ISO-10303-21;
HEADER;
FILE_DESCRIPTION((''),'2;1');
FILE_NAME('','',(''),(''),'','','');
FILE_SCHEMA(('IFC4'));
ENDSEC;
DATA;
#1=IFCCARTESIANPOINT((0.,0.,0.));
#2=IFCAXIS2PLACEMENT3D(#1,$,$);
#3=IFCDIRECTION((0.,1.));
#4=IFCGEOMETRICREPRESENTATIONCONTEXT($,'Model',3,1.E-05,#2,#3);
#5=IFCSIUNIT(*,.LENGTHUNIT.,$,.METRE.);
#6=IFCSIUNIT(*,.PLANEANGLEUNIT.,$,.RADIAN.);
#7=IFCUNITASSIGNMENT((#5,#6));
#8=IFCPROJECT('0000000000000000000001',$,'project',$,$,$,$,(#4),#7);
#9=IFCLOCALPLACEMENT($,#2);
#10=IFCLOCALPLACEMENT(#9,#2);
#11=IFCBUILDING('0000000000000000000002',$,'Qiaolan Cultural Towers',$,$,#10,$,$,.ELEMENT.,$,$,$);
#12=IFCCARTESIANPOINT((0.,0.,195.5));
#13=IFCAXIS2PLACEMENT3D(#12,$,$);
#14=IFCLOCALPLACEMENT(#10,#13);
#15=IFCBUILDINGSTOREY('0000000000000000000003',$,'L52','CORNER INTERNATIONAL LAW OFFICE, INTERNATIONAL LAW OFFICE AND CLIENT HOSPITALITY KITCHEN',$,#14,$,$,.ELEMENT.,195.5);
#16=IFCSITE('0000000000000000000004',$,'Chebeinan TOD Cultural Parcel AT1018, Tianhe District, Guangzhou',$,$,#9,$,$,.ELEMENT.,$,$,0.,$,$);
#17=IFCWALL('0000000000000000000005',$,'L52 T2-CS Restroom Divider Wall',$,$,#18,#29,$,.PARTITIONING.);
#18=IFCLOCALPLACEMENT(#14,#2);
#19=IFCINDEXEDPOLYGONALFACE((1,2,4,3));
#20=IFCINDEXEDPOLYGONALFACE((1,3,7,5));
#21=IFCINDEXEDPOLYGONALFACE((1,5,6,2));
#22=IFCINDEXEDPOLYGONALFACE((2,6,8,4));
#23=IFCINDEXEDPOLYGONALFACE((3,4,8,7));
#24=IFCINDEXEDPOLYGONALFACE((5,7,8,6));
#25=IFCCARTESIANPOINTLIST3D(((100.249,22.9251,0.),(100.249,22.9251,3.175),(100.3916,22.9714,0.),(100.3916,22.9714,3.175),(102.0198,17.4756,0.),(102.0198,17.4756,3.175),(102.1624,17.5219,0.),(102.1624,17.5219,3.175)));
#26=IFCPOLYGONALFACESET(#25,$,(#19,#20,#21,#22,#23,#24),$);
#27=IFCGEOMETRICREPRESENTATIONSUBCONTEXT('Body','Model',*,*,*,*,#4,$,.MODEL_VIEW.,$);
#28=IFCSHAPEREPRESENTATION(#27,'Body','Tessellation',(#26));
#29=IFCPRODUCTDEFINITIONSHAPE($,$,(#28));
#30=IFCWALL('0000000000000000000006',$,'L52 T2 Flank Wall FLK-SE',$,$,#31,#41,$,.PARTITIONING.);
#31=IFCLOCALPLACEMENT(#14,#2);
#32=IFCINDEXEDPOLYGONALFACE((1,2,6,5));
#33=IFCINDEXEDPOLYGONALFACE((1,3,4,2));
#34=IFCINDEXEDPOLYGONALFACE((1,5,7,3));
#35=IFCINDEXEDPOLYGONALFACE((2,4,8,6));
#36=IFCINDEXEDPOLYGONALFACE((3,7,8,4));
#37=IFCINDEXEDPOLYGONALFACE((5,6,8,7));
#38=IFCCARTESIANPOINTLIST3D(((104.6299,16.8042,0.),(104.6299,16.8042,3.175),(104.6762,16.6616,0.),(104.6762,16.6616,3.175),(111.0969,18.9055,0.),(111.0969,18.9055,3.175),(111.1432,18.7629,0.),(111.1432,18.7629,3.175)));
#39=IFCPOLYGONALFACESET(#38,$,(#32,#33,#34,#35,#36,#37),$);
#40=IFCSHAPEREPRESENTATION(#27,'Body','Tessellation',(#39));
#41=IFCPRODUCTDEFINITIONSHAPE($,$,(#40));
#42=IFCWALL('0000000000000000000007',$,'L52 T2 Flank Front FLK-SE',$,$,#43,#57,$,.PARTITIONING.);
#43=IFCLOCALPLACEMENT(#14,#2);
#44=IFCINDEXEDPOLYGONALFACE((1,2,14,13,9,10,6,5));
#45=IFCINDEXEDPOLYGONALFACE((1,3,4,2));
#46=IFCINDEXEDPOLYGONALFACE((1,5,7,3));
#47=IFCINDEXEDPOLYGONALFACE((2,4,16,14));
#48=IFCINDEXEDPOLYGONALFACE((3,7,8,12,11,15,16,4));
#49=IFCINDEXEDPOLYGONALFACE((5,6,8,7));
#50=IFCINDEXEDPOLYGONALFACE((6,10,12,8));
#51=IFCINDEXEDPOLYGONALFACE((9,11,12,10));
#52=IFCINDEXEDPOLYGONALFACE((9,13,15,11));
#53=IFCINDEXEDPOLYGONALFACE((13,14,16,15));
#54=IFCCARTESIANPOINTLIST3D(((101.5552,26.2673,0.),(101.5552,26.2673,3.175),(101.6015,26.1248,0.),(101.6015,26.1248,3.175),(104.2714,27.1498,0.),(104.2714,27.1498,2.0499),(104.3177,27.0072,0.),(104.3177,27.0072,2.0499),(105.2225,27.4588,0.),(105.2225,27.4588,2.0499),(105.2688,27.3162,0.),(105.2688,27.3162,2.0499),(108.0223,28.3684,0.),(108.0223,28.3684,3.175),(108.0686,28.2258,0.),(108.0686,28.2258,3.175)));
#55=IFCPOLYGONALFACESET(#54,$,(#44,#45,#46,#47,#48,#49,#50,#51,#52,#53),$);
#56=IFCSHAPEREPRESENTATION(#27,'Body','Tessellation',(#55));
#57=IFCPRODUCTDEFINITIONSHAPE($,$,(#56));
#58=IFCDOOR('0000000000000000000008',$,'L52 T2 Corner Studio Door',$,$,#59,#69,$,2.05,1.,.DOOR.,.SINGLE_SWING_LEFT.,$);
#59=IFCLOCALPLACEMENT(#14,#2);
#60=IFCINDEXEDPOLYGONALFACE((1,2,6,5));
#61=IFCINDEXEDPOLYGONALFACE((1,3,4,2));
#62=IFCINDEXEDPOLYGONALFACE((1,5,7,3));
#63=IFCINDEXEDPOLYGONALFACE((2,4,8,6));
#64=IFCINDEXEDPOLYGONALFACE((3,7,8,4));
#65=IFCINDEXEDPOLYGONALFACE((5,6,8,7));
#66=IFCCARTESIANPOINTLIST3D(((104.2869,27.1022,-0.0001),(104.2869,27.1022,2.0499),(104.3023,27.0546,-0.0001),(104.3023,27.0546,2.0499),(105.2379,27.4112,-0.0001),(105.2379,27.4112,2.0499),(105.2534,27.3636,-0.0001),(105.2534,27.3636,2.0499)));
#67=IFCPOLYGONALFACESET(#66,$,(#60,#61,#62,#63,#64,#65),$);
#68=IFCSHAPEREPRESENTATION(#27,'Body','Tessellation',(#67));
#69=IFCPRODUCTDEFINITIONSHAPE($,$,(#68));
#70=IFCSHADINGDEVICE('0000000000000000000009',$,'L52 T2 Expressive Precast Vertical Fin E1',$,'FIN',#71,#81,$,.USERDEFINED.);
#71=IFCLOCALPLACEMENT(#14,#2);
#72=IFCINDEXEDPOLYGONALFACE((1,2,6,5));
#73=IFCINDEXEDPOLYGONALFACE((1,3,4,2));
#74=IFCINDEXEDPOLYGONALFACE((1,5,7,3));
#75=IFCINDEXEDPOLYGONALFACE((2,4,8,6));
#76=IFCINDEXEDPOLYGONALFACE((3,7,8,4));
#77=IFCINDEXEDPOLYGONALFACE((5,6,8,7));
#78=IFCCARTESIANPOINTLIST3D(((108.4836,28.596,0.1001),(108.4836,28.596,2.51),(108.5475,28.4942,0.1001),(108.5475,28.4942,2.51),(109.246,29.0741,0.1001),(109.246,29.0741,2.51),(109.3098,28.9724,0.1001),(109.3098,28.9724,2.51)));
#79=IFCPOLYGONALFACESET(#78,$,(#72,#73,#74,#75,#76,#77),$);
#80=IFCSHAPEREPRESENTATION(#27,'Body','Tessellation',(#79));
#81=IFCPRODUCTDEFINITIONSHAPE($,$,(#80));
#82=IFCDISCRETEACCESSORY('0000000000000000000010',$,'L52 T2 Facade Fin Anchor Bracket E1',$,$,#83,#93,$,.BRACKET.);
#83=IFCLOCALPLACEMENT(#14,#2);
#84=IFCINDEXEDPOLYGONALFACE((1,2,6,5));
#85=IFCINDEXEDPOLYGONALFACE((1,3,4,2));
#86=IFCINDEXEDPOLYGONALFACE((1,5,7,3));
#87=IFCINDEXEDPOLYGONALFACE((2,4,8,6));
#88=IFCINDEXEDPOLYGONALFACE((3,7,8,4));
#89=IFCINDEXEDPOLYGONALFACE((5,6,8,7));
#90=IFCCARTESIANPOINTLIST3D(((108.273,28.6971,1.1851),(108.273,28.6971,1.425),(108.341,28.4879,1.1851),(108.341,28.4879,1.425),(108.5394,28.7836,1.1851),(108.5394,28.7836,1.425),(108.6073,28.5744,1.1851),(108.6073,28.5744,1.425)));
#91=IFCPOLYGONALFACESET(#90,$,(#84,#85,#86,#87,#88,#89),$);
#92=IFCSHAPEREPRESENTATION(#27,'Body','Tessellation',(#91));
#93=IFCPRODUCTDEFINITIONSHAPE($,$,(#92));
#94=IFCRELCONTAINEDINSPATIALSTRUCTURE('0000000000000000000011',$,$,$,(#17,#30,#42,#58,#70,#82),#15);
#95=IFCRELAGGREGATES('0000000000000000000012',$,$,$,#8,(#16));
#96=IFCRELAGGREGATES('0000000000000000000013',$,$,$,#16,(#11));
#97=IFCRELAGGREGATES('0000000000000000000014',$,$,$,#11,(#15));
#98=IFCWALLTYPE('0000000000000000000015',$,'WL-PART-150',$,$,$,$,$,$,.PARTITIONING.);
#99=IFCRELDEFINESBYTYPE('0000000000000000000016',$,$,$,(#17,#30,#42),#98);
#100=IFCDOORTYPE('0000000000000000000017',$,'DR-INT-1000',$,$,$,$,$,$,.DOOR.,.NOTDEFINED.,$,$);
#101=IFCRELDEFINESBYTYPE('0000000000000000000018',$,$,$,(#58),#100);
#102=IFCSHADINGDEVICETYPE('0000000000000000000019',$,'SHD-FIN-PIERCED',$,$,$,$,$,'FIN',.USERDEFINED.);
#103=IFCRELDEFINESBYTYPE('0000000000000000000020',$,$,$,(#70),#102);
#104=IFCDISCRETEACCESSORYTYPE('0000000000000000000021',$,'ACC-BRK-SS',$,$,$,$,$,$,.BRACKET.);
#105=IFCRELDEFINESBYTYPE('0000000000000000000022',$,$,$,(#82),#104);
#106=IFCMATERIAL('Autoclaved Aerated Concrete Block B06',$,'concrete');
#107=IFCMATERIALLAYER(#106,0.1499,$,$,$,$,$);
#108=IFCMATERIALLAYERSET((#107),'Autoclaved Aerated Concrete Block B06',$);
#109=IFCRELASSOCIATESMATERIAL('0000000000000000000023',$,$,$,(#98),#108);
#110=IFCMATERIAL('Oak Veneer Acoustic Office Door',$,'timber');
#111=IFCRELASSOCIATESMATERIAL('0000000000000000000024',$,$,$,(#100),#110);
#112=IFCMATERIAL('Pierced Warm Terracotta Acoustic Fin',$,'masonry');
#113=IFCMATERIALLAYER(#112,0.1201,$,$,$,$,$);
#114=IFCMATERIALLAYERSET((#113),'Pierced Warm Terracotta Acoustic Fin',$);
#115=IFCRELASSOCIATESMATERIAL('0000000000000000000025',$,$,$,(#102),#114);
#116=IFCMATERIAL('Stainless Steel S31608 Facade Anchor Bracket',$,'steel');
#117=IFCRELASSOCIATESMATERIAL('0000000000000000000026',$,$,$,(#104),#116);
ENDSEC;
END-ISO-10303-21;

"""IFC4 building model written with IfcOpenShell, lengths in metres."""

from ifc_helpers import new_model, si_unit, direction, frame, frame_2d, origin, origin_2d, place, context, subcontext, project, spatial, rectangle, extrude, material, layer, layer_set, type_object, element, fill, save


model = new_model("IFC4")

# Units and contexts
model_context = context("Model", 3, precision=1e-05, world=origin(), true_north=direction((0.0, 1.0)))
body_context = subcontext(model_context, "Body", "Model", "MODEL_VIEW")
ifc_project = project(units=[si_unit("LENGTHUNIT", "METRE"), si_unit("PLANEANGLEUNIT", "RADIAN")], contexts=[model_context])

# Site, building, storey
site_placement = place(None, origin())
site = spatial("IfcSite", under=ifc_project, at=site_placement, Name="Chebeinan TOD Cultural Parcel AT1018, Tianhe District, Guangzhou", CompositionType="ELEMENT", RefElevation=0.0)
building_placement = place(site_placement, origin())
building = spatial("IfcBuilding", under=site, at=building_placement, Name="Qiaolan Cultural Towers", CompositionType="ELEMENT")
storey_placement = place(building_placement, frame((0.0, 0.0, 195.5)))
storey = spatial("IfcBuildingStorey", under=building, at=storey_placement, Name="L52", Description="CORNER INTERNATIONAL LAW OFFICE, INTERNATIONAL LAW OFFICE AND CLIENT HOSPITALITY KITCHEN", CompositionType="ELEMENT", Elevation=195.5)

# Shared definitions
ifc_material_1 = material(Name="Autoclaved Aerated Concrete Block B06", Category="concrete")
ifc_layer_1 = layer(ifc_material_1, 0.1499)
ifc_layer_set_1 = layer_set([ifc_layer_1], Name="Autoclaved Aerated Concrete Block B06")
wall_type_1 = type_object("IfcWallType", Name="WL-PART-150", PredefinedType="PARTITIONING", material=ifc_layer_set_1)

# Walls
wall_1_placement = place(storey_placement, frame((100.3203, 22.9482, 0.0), z_axis=(0.0, 0.0, 1.0), x_axis=(0.309035, -0.951051, 0.0)))
element("IfcWall", 1, at=wall_1_placement, inside=storey, type_object=wall_type_1, Name="L52 T2-CS Restroom Divider Wall", PredefinedType="PARTITIONING", context=body_context, shape_type="SweptSolid", body=[
    extrude(rectangle(XDim=5.73, YDim=0.1499, at=frame_2d((2.865, 0.0))), origin(), (0.0, 0.0, 1.0), 3.175),
])
wall_2_placement = place(storey_placement, frame((104.6531, 16.7329, 0.0), z_axis=(0.0, 0.0, 1.0), x_axis=(0.951054, 0.309024, 0.0)))
element("IfcWall", 2, at=wall_2_placement, inside=storey, type_object=wall_type_1, Name="L52 T2 Flank Wall FLK-SE", PredefinedType="PARTITIONING", context=body_context, shape_type="SweptSolid", body=[
    extrude(rectangle(XDim=6.7998, YDim=0.1499, at=frame_2d((3.3999, 0.0))), origin(), (0.0, 0.0, 1.0), 3.175),
])

# Wall, opening, door
wall_3_placement = place(storey_placement, frame((101.5784, 26.196, 0.0), z_axis=(0.0, 0.0, 1.0), x_axis=(0.951065, 0.308991, 0.0)))
wall_3 = element("IfcWall", 3, at=wall_3_placement, inside=storey, type_object=wall_type_1, Name="L52 T2 Flank Front FLK-SE", PredefinedType="PARTITIONING", context=body_context, shape_type="SweptSolid", body=[
    extrude(rectangle(XDim=6.7998, YDim=0.1499, at=frame_2d((3.3999, 0.0))), origin(), (0.0, 0.0, 1.0), 3.175),
])
opening_1_placement = place(wall_3_placement, frame((2.856, 0.0, 0.0)))
opening_1 = element("IfcOpeningElement", 4, at=opening_1_placement, cuts=wall_3, PredefinedType="OPENING", context=body_context, shape_type="SweptSolid", body=[
    extrude(rectangle(XDim=1.0, YDim=2.05, at=frame_2d((0.5, 1.0249))), frame((0.0, 0.085, 0.0), z_axis=(0.0, -1.0, 0.0), x_axis=(1.0, 0.0, 0.0)), (0.0, 0.0, 1.0), 0.1699),
])
ifc_material_2 = material(Name="Oak Veneer Acoustic Office Door", Category="timber")
door_type_1 = type_object("IfcDoorType", Name="DR-INT-1000", OperationType="NOTDEFINED", PredefinedType="DOOR", material=ifc_material_2)
door_1_placement = place(opening_1_placement, origin())
door_1 = element("IfcDoor", 5, at=door_1_placement, inside=storey, type_object=door_type_1, Name="L52 T2 Corner Studio Door", OperationType="SINGLE_SWING_LEFT", OverallHeight=2.05, OverallWidth=1.0, PredefinedType="DOOR", context=body_context, shape_type="SweptSolid", body=[
    extrude(rectangle(XDim=1.0, YDim=2.05, at=frame_2d((0.5, 1.0249))), frame((0.0, 0.0249, 0.0), z_axis=(0.0, -1.0, 0.0), x_axis=(1.0, 0.0, 0.0)), (0.0, 0.0, 1.0), 0.05),
])
fill(opening_1, door_1)

# Shading device
ifc_material_3 = material(Name="Pierced Warm Terracotta Acoustic Fin", Category="masonry")
ifc_layer_2 = layer(ifc_material_3, 0.1201)
ifc_layer_set_2 = layer_set([ifc_layer_2], Name="Pierced Warm Terracotta Acoustic Fin")
shading_device_type = type_object("IfcShadingDeviceType", Name="SHD-FIN-PIERCED", ElementType="FIN", PredefinedType="USERDEFINED", material=ifc_layer_set_2)
shading_device_placement = place(storey_placement, frame((108.8967, 28.7842, 0.1001), z_axis=(0.0, 0.0, 1.0), x_axis=(0.847165, 0.53133, 0.0)))
element("IfcShadingDevice", 6, at=shading_device_placement, inside=storey, type_object=shading_device_type, Name="L52 T2 Expressive Precast Vertical Fin E1", ObjectType="FIN", PredefinedType="USERDEFINED", context=body_context, shape_type="SweptSolid", body=[
    extrude(rectangle(XDim=0.8999, YDim=0.1201, at=origin_2d()), origin(), (0.0, 0.0, 1.0), 2.4099),
])

# Discrete accessory
ifc_material_4 = material(Name="Stainless Steel S31608 Facade Anchor Bracket", Category="steel")
discrete_accessory_type = type_object("IfcDiscreteAccessoryType", Name="ACC-BRK-SS", PredefinedType="BRACKET", material=ifc_material_4)
discrete_accessory_placement = place(storey_placement, frame((108.4402, 28.6357, 1.1851), z_axis=(0.0, 0.0, 1.0), x_axis=(0.951057, 0.309017, 0.0)))
element("IfcDiscreteAccessory", 7, at=discrete_accessory_placement, inside=storey, type_object=discrete_accessory_type, Name="L52 T2 Facade Fin Anchor Bracket E1", PredefinedType="BRACKET", context=body_context, shape_type="SweptSolid", body=[
    extrude(rectangle(XDim=0.28, YDim=0.22, at=origin_2d()), origin(), (0.0, 0.0, 1.0), 0.24),
])

save(model, "model.ifc")
